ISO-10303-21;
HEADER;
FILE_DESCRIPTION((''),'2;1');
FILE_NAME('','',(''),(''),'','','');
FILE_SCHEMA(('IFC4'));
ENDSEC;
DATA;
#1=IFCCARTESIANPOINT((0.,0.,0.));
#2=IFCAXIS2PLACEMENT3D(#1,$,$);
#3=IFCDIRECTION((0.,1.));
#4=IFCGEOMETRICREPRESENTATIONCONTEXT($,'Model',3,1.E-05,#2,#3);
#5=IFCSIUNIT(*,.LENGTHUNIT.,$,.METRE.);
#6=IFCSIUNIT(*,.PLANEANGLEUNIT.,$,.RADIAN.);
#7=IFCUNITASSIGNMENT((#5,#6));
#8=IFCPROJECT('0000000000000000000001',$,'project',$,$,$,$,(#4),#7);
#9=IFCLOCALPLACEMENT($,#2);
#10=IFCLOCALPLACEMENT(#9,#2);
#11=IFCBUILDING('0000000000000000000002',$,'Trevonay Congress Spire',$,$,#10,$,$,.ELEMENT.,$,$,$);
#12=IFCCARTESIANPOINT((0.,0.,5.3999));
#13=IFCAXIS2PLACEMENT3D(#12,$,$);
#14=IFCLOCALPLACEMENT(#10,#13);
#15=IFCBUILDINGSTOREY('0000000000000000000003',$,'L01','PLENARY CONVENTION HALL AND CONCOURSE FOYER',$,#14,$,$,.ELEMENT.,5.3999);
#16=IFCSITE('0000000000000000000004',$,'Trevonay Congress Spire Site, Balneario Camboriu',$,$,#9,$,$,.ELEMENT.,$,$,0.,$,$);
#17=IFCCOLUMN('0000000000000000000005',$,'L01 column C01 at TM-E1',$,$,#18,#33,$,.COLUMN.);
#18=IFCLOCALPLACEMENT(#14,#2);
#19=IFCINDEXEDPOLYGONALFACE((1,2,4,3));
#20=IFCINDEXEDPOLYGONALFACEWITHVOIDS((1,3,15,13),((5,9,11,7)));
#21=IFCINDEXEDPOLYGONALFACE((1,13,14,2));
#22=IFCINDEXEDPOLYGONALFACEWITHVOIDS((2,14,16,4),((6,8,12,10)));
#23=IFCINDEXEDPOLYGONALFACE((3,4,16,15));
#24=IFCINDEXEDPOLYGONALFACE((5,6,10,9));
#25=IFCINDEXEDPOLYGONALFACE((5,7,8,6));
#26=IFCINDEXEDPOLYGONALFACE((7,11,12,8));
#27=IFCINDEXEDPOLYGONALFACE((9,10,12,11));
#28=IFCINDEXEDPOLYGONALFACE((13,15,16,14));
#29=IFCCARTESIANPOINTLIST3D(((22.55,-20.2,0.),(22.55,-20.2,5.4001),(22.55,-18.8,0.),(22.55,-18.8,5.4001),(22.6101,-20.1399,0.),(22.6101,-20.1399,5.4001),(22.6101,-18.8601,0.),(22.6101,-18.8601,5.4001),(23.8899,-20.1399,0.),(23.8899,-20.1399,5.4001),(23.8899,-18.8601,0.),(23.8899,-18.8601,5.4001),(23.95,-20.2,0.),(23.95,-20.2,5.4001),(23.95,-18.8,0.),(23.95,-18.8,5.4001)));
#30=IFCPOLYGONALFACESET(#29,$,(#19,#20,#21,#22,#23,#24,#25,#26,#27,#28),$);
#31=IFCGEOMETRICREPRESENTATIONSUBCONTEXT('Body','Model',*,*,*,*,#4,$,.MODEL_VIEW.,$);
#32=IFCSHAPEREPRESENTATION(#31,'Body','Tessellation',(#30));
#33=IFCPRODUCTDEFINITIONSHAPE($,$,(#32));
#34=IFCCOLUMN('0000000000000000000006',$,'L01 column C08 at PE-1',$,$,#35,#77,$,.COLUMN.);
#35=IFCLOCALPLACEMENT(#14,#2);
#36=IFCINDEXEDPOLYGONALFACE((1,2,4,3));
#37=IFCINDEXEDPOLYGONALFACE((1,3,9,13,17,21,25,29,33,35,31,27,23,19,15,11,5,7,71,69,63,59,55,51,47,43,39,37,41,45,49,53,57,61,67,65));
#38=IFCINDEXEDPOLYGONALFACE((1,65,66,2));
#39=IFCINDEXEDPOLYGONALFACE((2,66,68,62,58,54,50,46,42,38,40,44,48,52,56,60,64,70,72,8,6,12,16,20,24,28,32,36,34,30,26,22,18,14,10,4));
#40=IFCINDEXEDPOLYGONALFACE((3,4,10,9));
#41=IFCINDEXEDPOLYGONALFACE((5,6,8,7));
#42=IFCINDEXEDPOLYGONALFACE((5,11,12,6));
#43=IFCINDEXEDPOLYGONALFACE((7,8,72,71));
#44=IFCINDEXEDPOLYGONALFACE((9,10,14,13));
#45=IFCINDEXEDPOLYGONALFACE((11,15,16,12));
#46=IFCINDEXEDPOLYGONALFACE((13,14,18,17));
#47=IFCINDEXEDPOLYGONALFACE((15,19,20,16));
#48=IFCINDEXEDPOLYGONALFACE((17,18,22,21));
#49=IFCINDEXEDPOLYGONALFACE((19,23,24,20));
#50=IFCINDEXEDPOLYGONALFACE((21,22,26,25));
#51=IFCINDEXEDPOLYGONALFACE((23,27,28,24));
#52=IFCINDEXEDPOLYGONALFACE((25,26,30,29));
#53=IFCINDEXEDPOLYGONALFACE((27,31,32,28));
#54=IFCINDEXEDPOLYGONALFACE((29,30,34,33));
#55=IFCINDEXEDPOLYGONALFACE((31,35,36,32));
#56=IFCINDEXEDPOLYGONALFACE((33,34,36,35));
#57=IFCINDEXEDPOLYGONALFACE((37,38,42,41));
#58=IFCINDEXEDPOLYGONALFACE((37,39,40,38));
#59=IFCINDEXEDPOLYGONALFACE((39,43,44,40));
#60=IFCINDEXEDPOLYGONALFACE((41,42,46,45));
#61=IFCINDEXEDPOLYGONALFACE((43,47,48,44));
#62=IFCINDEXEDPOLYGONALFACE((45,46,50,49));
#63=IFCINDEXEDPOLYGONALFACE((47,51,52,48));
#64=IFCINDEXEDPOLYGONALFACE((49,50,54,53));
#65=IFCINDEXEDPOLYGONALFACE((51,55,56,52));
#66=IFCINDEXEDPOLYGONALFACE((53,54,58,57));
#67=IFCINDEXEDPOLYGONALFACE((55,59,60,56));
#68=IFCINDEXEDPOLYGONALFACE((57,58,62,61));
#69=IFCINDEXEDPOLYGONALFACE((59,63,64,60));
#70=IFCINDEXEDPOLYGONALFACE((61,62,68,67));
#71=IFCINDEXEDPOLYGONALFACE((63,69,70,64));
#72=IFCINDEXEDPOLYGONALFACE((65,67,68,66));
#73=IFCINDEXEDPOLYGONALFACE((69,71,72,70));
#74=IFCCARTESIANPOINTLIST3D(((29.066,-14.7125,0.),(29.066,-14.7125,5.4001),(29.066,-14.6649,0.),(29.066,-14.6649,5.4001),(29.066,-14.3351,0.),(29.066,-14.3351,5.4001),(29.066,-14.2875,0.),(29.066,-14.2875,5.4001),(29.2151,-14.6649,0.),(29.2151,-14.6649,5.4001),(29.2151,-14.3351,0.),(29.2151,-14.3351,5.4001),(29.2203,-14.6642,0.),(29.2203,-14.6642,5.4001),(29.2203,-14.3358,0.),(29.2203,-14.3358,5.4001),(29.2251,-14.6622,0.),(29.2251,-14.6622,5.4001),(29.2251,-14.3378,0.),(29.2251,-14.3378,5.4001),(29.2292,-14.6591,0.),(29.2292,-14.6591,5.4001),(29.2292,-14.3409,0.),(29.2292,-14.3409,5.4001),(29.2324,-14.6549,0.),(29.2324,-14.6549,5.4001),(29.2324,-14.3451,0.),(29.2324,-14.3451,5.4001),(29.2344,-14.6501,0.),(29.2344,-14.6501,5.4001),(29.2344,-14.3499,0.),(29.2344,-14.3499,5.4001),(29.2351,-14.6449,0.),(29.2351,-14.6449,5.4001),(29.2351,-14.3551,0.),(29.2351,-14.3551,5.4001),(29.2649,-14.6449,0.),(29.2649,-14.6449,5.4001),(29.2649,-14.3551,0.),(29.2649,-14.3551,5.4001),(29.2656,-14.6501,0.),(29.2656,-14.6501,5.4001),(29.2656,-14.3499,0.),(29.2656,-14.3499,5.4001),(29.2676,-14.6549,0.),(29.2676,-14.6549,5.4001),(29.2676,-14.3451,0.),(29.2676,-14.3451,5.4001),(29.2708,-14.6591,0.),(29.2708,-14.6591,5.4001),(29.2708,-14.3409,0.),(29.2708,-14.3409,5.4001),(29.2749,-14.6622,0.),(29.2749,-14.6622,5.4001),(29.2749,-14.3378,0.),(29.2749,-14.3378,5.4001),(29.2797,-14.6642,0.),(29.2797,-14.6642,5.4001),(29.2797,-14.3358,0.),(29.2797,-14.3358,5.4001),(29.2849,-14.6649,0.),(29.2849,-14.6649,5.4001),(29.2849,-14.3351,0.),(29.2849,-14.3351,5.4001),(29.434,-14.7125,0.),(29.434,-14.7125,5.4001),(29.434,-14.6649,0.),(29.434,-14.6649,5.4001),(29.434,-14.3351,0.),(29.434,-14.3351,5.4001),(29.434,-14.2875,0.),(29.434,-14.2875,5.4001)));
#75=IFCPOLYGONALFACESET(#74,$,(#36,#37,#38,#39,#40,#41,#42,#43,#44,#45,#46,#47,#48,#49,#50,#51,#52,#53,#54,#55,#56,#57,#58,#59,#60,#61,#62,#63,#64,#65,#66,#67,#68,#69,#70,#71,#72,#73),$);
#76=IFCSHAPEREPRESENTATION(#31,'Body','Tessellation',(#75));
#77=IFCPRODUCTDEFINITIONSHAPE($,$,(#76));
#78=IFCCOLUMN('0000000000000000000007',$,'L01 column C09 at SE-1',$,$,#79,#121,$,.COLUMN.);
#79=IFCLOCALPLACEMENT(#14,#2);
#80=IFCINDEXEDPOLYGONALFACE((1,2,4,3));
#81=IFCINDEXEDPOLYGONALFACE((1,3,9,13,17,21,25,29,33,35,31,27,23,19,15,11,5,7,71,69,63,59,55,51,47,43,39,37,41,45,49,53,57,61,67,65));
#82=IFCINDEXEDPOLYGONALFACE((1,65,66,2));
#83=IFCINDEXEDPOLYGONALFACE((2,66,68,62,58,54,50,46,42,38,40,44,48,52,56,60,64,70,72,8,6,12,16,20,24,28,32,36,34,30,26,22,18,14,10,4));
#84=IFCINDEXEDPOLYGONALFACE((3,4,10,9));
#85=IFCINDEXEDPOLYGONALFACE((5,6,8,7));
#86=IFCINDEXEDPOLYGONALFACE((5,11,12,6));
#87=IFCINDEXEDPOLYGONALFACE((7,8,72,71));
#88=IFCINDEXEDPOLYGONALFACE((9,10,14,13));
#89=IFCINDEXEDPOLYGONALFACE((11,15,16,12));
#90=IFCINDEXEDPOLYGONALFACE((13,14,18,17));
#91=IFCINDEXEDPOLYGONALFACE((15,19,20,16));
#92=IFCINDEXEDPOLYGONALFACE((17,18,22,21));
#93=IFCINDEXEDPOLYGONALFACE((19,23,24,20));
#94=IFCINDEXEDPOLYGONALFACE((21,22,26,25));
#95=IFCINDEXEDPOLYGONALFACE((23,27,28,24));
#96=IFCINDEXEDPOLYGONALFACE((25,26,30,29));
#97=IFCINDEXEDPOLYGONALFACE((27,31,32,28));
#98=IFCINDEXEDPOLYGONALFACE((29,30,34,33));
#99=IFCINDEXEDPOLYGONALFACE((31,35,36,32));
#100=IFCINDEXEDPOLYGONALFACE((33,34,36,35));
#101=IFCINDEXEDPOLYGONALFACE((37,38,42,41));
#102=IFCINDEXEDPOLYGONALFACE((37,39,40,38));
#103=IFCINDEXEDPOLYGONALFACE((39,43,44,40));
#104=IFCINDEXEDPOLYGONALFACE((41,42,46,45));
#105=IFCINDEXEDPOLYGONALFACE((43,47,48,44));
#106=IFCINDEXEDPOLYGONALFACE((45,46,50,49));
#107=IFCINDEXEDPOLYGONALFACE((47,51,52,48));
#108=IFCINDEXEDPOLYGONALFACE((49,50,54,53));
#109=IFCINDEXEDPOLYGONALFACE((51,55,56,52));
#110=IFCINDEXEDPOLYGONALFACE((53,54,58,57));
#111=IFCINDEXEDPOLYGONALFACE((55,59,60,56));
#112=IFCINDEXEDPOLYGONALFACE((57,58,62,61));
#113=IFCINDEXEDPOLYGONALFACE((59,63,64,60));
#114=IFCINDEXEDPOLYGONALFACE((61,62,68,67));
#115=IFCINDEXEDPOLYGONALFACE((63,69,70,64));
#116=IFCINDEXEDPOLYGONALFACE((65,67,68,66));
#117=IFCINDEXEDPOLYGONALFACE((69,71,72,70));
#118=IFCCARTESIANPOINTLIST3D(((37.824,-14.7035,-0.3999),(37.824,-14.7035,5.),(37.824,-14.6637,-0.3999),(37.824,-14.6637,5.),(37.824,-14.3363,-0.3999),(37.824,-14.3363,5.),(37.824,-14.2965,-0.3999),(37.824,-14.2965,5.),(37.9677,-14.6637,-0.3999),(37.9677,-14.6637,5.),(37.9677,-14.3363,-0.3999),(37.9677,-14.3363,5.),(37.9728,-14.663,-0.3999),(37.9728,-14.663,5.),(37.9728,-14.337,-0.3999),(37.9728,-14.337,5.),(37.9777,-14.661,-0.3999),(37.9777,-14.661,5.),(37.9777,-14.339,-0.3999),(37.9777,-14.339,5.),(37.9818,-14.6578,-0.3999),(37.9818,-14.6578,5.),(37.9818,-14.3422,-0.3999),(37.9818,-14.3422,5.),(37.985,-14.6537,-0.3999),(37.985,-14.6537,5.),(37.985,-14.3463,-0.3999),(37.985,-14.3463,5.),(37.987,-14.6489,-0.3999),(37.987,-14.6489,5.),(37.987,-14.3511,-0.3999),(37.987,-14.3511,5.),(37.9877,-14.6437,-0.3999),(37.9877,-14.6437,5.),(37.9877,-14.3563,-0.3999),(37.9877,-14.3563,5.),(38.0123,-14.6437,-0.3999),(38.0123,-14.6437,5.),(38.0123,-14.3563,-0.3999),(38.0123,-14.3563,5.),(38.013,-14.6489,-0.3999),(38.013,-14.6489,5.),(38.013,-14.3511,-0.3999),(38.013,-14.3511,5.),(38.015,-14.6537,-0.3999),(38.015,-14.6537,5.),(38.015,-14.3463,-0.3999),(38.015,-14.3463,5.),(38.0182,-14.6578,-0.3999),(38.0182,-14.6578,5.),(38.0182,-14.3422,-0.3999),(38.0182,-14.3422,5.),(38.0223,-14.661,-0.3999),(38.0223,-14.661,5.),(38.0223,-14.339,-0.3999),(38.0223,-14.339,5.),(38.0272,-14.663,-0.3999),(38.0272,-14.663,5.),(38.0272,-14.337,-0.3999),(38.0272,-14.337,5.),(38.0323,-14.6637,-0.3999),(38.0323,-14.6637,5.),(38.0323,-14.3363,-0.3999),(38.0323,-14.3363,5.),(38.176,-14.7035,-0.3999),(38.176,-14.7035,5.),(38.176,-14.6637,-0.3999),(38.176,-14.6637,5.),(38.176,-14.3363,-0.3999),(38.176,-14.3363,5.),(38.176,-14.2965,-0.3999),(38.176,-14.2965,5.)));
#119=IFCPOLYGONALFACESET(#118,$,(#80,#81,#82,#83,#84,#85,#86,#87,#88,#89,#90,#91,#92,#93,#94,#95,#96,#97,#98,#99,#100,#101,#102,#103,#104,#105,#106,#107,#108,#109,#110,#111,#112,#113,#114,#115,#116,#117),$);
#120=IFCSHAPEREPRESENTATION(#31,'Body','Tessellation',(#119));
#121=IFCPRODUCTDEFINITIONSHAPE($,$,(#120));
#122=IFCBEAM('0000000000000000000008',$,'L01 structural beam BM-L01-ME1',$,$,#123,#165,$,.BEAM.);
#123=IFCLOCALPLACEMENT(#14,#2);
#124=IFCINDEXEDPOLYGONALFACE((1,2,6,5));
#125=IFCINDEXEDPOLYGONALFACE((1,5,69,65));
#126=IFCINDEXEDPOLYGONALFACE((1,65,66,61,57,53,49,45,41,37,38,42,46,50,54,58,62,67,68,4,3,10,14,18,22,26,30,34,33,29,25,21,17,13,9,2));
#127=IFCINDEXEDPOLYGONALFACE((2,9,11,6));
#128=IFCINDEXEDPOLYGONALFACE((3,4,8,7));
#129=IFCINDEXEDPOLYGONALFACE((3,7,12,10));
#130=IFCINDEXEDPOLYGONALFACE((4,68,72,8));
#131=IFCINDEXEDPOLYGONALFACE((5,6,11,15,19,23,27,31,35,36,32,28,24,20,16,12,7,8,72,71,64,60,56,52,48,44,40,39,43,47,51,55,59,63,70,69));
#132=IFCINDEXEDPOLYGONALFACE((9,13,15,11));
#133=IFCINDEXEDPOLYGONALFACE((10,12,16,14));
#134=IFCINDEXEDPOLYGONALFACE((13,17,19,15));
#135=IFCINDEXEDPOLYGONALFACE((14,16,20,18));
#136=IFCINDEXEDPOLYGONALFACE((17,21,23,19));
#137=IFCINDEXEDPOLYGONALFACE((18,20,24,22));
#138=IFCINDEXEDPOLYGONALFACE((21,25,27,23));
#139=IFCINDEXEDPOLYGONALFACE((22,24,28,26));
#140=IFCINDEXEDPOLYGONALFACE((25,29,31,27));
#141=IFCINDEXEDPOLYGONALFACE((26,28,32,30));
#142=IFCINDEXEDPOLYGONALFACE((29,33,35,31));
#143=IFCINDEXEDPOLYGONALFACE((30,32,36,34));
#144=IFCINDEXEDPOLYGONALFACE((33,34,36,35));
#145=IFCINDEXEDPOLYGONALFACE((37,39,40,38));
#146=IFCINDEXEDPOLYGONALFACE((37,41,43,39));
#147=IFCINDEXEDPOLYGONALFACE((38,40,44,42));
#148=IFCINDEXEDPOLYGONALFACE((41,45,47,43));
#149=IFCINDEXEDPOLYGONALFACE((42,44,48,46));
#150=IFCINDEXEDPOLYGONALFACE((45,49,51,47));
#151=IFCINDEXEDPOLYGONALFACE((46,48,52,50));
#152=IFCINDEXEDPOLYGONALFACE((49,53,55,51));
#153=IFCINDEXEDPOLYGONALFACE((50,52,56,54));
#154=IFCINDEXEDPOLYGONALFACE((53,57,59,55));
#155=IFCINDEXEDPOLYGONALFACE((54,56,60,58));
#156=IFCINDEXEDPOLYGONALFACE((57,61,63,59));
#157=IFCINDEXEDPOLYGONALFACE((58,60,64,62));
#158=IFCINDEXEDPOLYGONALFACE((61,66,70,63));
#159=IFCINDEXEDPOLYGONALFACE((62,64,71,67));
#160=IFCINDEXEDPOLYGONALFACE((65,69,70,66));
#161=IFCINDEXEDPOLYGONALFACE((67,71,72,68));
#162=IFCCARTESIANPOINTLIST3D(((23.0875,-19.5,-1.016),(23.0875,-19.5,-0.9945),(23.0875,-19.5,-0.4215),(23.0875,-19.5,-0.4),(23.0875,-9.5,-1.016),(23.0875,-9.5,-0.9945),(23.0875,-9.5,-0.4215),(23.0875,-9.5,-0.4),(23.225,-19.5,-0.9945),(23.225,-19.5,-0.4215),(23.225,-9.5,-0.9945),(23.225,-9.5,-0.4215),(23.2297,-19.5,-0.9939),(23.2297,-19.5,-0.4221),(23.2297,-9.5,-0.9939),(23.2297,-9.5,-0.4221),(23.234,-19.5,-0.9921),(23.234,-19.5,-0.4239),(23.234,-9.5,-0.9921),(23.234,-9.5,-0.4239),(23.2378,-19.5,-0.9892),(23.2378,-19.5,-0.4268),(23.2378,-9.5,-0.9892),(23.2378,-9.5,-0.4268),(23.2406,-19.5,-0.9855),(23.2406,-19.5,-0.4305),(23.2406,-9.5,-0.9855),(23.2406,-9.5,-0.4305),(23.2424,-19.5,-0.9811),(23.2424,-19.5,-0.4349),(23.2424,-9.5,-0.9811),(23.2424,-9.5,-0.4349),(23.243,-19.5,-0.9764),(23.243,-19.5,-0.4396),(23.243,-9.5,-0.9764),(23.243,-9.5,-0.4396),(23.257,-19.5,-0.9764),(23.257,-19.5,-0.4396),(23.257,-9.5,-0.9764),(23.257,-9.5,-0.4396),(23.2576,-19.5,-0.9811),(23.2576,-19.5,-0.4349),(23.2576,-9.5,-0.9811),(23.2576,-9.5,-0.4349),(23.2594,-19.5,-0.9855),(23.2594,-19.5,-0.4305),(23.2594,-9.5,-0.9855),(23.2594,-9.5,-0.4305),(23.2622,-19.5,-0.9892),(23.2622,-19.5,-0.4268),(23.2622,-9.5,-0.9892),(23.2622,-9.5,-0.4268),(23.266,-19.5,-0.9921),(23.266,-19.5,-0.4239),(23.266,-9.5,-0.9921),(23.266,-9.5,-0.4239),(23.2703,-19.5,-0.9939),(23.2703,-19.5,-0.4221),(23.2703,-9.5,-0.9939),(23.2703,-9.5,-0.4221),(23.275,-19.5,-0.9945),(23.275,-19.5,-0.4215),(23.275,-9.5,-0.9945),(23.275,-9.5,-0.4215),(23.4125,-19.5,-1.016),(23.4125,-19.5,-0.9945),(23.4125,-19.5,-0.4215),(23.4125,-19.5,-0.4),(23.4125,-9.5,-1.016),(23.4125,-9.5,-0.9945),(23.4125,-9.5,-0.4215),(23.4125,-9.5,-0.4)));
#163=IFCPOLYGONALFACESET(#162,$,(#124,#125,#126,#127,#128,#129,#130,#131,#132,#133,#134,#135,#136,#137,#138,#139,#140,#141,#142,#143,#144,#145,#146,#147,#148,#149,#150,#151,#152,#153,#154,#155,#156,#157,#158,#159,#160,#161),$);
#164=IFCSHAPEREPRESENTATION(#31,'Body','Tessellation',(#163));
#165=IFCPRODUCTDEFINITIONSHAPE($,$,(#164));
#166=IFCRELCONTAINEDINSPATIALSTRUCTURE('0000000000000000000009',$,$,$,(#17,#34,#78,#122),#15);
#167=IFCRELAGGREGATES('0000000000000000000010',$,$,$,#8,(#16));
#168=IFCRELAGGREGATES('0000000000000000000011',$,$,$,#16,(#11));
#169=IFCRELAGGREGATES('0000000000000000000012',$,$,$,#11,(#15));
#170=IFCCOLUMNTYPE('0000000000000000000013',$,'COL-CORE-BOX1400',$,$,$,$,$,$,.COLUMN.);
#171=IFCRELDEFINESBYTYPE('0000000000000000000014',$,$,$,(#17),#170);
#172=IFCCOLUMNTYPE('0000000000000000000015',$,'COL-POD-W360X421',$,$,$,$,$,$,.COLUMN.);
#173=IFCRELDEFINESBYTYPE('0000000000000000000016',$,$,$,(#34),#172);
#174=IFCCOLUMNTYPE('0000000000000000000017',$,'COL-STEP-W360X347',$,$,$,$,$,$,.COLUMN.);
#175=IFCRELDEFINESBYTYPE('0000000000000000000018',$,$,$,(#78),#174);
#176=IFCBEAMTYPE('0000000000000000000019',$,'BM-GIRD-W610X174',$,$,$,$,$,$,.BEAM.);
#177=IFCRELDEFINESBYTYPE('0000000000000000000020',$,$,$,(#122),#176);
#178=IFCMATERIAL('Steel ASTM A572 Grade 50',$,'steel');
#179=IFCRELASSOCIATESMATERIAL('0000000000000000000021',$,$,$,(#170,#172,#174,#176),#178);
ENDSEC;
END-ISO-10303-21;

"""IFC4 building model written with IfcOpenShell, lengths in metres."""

from ifc_helpers import new_model, si_unit, direction, frame, origin, origin_2d, place, context, subcontext, project, spatial, hollow_rectangle, i_section, extrude, material, material_profile, profile_set, type_object, element, save


model = new_model("IFC4")

# Units and contexts
model_context = context("Model", 3, precision=1e-05, world=origin(), true_north=direction((0.0, 1.0)))
body_context = subcontext(model_context, "Body", "Model", "MODEL_VIEW")
ifc_project = project(units=[si_unit("LENGTHUNIT", "METRE"), si_unit("PLANEANGLEUNIT", "RADIAN")], contexts=[model_context])

# Site, building, storey
site_placement = place(None, origin())
site = spatial("IfcSite", under=ifc_project, at=site_placement, Name="Trevonay Congress Spire Site, Balneario Camboriu", CompositionType="ELEMENT", RefElevation=0.0)
building_placement = place(site_placement, origin())
building = spatial("IfcBuilding", under=site, at=building_placement, Name="Trevonay Congress Spire", CompositionType="ELEMENT")
storey_placement = place(building_placement, frame((0.0, 0.0, 5.3999)))
storey = spatial("IfcBuildingStorey", under=building, at=storey_placement, Name="L01", Description="PLENARY CONVENTION HALL AND CONCOURSE FOYER", CompositionType="ELEMENT", Elevation=5.3999)

# Columns
ifc_material_1 = material(Name="Steel ASTM A572 Grade 50", Category="steel")
ifc_material_profile_1 = material_profile(ifc_material_1, hollow_rectangle(XDim=1.3999, YDim=1.3999, WallThickness=0.0601, at=origin_2d()), Name="BOX 1400x1400x60")
ifc_profile_set_1 = profile_set([ifc_material_profile_1], Name="Steel ASTM A572 Grade 50")
column_type_1 = type_object("IfcColumnType", Name="COL-CORE-BOX1400", PredefinedType="COLUMN", material=ifc_profile_set_1)
column_1_placement = place(storey_placement, frame((23.25, -19.5, 0.0), z_axis=(0.0, 0.0, 1.0), x_axis=(1.0, 0.0, 0.0)))
element("IfcColumn", 1, at=column_1_placement, inside=storey, type_object=column_type_1, Name="L01 column C01 at TM-E1", PredefinedType="COLUMN", context=body_context, shape_type="SweptSolid", body=[
    extrude(hollow_rectangle(XDim=1.3999, YDim=1.3999, WallThickness=0.0601, at=origin_2d()), origin(), (0.0, 0.0, 1.0), 5.4001),
])
ifc_material_profile_2 = material_profile(ifc_material_1, i_section(OverallWidth=0.3679, OverallDepth=0.425, WebThickness=0.0298, FlangeThickness=0.0476, FilletRadius=0.02, at=origin_2d()), Name="W360x421")
ifc_profile_set_2 = profile_set([ifc_material_profile_2], Name="Steel ASTM A572 Grade 50")
column_type_2 = type_object("IfcColumnType", Name="COL-POD-W360X421", PredefinedType="COLUMN", material=ifc_profile_set_2)
column_2_placement = place(storey_placement, frame((29.25, -14.5, 0.0), z_axis=(0.0, 0.0, 1.0), x_axis=(1.0, 0.0, 0.0)))
element("IfcColumn", 2, at=column_2_placement, inside=storey, type_object=column_type_2, Name="L01 column C08 at PE-1", PredefinedType="COLUMN", context=body_context, shape_type="SweptSolid", body=[
    extrude(i_section(OverallWidth=0.3679, OverallDepth=0.425, WebThickness=0.0298, FlangeThickness=0.0476, FilletRadius=0.02, at=origin_2d()), origin(), (0.0, 0.0, 1.0), 5.4001),
])
ifc_material_profile_3 = material_profile(ifc_material_1, i_section(OverallWidth=0.3521, OverallDepth=0.407, WebThickness=0.0247, FlangeThickness=0.0398, FilletRadius=0.02, at=origin_2d()), Name="W360x347")
ifc_profile_set_3 = profile_set([ifc_material_profile_3], Name="Steel ASTM A572 Grade 50")
column_type_3 = type_object("IfcColumnType", Name="COL-STEP-W360X347", PredefinedType="COLUMN", material=ifc_profile_set_3)
column_3_placement = place(storey_placement, frame((38.0, -14.5, -0.3999), z_axis=(0.0, 0.0, 1.0), x_axis=(1.0, 0.0, 0.0)))
element("IfcColumn", 3, at=column_3_placement, inside=storey, type_object=column_type_3, Name="L01 column C09 at SE-1", PredefinedType="COLUMN", context=body_context, shape_type="SweptSolid", body=[
    extrude(i_section(OverallWidth=0.3521, OverallDepth=0.407, WebThickness=0.0247, FlangeThickness=0.0398, FilletRadius=0.02, at=origin_2d()), origin(), (0.0, 0.0, 1.0), 5.3999),
])

# Beam
ifc_material_profile_4 = material_profile(ifc_material_1, i_section(OverallWidth=0.325, OverallDepth=0.616, WebThickness=0.0139, FlangeThickness=0.0215, FilletRadius=0.0181, at=origin_2d()), Name="W610x174")
ifc_profile_set_4 = profile_set([ifc_material_profile_4], Name="Steel ASTM A572 Grade 50")
beam_type_1 = type_object("IfcBeamType", Name="BM-GIRD-W610X174", PredefinedType="BEAM", material=ifc_profile_set_4)
beam_1_placement = place(storey_placement, frame((23.25, -19.5, -0.708), z_axis=(0.0, 1.0, 0.0), x_axis=(-1.0, 0.0, 0.0)))
element("IfcBeam", 4, at=beam_1_placement, inside=storey, type_object=beam_type_1, Name="L01 structural beam BM-L01-ME1", PredefinedType="BEAM", context=body_context, shape_type="SweptSolid", body=[
    extrude(i_section(OverallWidth=0.325, OverallDepth=0.616, WebThickness=0.0139, FlangeThickness=0.0215, FilletRadius=0.0181, at=origin_2d()), origin(), (0.0, 0.0, 1.0), 10.0),
])

save(model, "model.ifc")
